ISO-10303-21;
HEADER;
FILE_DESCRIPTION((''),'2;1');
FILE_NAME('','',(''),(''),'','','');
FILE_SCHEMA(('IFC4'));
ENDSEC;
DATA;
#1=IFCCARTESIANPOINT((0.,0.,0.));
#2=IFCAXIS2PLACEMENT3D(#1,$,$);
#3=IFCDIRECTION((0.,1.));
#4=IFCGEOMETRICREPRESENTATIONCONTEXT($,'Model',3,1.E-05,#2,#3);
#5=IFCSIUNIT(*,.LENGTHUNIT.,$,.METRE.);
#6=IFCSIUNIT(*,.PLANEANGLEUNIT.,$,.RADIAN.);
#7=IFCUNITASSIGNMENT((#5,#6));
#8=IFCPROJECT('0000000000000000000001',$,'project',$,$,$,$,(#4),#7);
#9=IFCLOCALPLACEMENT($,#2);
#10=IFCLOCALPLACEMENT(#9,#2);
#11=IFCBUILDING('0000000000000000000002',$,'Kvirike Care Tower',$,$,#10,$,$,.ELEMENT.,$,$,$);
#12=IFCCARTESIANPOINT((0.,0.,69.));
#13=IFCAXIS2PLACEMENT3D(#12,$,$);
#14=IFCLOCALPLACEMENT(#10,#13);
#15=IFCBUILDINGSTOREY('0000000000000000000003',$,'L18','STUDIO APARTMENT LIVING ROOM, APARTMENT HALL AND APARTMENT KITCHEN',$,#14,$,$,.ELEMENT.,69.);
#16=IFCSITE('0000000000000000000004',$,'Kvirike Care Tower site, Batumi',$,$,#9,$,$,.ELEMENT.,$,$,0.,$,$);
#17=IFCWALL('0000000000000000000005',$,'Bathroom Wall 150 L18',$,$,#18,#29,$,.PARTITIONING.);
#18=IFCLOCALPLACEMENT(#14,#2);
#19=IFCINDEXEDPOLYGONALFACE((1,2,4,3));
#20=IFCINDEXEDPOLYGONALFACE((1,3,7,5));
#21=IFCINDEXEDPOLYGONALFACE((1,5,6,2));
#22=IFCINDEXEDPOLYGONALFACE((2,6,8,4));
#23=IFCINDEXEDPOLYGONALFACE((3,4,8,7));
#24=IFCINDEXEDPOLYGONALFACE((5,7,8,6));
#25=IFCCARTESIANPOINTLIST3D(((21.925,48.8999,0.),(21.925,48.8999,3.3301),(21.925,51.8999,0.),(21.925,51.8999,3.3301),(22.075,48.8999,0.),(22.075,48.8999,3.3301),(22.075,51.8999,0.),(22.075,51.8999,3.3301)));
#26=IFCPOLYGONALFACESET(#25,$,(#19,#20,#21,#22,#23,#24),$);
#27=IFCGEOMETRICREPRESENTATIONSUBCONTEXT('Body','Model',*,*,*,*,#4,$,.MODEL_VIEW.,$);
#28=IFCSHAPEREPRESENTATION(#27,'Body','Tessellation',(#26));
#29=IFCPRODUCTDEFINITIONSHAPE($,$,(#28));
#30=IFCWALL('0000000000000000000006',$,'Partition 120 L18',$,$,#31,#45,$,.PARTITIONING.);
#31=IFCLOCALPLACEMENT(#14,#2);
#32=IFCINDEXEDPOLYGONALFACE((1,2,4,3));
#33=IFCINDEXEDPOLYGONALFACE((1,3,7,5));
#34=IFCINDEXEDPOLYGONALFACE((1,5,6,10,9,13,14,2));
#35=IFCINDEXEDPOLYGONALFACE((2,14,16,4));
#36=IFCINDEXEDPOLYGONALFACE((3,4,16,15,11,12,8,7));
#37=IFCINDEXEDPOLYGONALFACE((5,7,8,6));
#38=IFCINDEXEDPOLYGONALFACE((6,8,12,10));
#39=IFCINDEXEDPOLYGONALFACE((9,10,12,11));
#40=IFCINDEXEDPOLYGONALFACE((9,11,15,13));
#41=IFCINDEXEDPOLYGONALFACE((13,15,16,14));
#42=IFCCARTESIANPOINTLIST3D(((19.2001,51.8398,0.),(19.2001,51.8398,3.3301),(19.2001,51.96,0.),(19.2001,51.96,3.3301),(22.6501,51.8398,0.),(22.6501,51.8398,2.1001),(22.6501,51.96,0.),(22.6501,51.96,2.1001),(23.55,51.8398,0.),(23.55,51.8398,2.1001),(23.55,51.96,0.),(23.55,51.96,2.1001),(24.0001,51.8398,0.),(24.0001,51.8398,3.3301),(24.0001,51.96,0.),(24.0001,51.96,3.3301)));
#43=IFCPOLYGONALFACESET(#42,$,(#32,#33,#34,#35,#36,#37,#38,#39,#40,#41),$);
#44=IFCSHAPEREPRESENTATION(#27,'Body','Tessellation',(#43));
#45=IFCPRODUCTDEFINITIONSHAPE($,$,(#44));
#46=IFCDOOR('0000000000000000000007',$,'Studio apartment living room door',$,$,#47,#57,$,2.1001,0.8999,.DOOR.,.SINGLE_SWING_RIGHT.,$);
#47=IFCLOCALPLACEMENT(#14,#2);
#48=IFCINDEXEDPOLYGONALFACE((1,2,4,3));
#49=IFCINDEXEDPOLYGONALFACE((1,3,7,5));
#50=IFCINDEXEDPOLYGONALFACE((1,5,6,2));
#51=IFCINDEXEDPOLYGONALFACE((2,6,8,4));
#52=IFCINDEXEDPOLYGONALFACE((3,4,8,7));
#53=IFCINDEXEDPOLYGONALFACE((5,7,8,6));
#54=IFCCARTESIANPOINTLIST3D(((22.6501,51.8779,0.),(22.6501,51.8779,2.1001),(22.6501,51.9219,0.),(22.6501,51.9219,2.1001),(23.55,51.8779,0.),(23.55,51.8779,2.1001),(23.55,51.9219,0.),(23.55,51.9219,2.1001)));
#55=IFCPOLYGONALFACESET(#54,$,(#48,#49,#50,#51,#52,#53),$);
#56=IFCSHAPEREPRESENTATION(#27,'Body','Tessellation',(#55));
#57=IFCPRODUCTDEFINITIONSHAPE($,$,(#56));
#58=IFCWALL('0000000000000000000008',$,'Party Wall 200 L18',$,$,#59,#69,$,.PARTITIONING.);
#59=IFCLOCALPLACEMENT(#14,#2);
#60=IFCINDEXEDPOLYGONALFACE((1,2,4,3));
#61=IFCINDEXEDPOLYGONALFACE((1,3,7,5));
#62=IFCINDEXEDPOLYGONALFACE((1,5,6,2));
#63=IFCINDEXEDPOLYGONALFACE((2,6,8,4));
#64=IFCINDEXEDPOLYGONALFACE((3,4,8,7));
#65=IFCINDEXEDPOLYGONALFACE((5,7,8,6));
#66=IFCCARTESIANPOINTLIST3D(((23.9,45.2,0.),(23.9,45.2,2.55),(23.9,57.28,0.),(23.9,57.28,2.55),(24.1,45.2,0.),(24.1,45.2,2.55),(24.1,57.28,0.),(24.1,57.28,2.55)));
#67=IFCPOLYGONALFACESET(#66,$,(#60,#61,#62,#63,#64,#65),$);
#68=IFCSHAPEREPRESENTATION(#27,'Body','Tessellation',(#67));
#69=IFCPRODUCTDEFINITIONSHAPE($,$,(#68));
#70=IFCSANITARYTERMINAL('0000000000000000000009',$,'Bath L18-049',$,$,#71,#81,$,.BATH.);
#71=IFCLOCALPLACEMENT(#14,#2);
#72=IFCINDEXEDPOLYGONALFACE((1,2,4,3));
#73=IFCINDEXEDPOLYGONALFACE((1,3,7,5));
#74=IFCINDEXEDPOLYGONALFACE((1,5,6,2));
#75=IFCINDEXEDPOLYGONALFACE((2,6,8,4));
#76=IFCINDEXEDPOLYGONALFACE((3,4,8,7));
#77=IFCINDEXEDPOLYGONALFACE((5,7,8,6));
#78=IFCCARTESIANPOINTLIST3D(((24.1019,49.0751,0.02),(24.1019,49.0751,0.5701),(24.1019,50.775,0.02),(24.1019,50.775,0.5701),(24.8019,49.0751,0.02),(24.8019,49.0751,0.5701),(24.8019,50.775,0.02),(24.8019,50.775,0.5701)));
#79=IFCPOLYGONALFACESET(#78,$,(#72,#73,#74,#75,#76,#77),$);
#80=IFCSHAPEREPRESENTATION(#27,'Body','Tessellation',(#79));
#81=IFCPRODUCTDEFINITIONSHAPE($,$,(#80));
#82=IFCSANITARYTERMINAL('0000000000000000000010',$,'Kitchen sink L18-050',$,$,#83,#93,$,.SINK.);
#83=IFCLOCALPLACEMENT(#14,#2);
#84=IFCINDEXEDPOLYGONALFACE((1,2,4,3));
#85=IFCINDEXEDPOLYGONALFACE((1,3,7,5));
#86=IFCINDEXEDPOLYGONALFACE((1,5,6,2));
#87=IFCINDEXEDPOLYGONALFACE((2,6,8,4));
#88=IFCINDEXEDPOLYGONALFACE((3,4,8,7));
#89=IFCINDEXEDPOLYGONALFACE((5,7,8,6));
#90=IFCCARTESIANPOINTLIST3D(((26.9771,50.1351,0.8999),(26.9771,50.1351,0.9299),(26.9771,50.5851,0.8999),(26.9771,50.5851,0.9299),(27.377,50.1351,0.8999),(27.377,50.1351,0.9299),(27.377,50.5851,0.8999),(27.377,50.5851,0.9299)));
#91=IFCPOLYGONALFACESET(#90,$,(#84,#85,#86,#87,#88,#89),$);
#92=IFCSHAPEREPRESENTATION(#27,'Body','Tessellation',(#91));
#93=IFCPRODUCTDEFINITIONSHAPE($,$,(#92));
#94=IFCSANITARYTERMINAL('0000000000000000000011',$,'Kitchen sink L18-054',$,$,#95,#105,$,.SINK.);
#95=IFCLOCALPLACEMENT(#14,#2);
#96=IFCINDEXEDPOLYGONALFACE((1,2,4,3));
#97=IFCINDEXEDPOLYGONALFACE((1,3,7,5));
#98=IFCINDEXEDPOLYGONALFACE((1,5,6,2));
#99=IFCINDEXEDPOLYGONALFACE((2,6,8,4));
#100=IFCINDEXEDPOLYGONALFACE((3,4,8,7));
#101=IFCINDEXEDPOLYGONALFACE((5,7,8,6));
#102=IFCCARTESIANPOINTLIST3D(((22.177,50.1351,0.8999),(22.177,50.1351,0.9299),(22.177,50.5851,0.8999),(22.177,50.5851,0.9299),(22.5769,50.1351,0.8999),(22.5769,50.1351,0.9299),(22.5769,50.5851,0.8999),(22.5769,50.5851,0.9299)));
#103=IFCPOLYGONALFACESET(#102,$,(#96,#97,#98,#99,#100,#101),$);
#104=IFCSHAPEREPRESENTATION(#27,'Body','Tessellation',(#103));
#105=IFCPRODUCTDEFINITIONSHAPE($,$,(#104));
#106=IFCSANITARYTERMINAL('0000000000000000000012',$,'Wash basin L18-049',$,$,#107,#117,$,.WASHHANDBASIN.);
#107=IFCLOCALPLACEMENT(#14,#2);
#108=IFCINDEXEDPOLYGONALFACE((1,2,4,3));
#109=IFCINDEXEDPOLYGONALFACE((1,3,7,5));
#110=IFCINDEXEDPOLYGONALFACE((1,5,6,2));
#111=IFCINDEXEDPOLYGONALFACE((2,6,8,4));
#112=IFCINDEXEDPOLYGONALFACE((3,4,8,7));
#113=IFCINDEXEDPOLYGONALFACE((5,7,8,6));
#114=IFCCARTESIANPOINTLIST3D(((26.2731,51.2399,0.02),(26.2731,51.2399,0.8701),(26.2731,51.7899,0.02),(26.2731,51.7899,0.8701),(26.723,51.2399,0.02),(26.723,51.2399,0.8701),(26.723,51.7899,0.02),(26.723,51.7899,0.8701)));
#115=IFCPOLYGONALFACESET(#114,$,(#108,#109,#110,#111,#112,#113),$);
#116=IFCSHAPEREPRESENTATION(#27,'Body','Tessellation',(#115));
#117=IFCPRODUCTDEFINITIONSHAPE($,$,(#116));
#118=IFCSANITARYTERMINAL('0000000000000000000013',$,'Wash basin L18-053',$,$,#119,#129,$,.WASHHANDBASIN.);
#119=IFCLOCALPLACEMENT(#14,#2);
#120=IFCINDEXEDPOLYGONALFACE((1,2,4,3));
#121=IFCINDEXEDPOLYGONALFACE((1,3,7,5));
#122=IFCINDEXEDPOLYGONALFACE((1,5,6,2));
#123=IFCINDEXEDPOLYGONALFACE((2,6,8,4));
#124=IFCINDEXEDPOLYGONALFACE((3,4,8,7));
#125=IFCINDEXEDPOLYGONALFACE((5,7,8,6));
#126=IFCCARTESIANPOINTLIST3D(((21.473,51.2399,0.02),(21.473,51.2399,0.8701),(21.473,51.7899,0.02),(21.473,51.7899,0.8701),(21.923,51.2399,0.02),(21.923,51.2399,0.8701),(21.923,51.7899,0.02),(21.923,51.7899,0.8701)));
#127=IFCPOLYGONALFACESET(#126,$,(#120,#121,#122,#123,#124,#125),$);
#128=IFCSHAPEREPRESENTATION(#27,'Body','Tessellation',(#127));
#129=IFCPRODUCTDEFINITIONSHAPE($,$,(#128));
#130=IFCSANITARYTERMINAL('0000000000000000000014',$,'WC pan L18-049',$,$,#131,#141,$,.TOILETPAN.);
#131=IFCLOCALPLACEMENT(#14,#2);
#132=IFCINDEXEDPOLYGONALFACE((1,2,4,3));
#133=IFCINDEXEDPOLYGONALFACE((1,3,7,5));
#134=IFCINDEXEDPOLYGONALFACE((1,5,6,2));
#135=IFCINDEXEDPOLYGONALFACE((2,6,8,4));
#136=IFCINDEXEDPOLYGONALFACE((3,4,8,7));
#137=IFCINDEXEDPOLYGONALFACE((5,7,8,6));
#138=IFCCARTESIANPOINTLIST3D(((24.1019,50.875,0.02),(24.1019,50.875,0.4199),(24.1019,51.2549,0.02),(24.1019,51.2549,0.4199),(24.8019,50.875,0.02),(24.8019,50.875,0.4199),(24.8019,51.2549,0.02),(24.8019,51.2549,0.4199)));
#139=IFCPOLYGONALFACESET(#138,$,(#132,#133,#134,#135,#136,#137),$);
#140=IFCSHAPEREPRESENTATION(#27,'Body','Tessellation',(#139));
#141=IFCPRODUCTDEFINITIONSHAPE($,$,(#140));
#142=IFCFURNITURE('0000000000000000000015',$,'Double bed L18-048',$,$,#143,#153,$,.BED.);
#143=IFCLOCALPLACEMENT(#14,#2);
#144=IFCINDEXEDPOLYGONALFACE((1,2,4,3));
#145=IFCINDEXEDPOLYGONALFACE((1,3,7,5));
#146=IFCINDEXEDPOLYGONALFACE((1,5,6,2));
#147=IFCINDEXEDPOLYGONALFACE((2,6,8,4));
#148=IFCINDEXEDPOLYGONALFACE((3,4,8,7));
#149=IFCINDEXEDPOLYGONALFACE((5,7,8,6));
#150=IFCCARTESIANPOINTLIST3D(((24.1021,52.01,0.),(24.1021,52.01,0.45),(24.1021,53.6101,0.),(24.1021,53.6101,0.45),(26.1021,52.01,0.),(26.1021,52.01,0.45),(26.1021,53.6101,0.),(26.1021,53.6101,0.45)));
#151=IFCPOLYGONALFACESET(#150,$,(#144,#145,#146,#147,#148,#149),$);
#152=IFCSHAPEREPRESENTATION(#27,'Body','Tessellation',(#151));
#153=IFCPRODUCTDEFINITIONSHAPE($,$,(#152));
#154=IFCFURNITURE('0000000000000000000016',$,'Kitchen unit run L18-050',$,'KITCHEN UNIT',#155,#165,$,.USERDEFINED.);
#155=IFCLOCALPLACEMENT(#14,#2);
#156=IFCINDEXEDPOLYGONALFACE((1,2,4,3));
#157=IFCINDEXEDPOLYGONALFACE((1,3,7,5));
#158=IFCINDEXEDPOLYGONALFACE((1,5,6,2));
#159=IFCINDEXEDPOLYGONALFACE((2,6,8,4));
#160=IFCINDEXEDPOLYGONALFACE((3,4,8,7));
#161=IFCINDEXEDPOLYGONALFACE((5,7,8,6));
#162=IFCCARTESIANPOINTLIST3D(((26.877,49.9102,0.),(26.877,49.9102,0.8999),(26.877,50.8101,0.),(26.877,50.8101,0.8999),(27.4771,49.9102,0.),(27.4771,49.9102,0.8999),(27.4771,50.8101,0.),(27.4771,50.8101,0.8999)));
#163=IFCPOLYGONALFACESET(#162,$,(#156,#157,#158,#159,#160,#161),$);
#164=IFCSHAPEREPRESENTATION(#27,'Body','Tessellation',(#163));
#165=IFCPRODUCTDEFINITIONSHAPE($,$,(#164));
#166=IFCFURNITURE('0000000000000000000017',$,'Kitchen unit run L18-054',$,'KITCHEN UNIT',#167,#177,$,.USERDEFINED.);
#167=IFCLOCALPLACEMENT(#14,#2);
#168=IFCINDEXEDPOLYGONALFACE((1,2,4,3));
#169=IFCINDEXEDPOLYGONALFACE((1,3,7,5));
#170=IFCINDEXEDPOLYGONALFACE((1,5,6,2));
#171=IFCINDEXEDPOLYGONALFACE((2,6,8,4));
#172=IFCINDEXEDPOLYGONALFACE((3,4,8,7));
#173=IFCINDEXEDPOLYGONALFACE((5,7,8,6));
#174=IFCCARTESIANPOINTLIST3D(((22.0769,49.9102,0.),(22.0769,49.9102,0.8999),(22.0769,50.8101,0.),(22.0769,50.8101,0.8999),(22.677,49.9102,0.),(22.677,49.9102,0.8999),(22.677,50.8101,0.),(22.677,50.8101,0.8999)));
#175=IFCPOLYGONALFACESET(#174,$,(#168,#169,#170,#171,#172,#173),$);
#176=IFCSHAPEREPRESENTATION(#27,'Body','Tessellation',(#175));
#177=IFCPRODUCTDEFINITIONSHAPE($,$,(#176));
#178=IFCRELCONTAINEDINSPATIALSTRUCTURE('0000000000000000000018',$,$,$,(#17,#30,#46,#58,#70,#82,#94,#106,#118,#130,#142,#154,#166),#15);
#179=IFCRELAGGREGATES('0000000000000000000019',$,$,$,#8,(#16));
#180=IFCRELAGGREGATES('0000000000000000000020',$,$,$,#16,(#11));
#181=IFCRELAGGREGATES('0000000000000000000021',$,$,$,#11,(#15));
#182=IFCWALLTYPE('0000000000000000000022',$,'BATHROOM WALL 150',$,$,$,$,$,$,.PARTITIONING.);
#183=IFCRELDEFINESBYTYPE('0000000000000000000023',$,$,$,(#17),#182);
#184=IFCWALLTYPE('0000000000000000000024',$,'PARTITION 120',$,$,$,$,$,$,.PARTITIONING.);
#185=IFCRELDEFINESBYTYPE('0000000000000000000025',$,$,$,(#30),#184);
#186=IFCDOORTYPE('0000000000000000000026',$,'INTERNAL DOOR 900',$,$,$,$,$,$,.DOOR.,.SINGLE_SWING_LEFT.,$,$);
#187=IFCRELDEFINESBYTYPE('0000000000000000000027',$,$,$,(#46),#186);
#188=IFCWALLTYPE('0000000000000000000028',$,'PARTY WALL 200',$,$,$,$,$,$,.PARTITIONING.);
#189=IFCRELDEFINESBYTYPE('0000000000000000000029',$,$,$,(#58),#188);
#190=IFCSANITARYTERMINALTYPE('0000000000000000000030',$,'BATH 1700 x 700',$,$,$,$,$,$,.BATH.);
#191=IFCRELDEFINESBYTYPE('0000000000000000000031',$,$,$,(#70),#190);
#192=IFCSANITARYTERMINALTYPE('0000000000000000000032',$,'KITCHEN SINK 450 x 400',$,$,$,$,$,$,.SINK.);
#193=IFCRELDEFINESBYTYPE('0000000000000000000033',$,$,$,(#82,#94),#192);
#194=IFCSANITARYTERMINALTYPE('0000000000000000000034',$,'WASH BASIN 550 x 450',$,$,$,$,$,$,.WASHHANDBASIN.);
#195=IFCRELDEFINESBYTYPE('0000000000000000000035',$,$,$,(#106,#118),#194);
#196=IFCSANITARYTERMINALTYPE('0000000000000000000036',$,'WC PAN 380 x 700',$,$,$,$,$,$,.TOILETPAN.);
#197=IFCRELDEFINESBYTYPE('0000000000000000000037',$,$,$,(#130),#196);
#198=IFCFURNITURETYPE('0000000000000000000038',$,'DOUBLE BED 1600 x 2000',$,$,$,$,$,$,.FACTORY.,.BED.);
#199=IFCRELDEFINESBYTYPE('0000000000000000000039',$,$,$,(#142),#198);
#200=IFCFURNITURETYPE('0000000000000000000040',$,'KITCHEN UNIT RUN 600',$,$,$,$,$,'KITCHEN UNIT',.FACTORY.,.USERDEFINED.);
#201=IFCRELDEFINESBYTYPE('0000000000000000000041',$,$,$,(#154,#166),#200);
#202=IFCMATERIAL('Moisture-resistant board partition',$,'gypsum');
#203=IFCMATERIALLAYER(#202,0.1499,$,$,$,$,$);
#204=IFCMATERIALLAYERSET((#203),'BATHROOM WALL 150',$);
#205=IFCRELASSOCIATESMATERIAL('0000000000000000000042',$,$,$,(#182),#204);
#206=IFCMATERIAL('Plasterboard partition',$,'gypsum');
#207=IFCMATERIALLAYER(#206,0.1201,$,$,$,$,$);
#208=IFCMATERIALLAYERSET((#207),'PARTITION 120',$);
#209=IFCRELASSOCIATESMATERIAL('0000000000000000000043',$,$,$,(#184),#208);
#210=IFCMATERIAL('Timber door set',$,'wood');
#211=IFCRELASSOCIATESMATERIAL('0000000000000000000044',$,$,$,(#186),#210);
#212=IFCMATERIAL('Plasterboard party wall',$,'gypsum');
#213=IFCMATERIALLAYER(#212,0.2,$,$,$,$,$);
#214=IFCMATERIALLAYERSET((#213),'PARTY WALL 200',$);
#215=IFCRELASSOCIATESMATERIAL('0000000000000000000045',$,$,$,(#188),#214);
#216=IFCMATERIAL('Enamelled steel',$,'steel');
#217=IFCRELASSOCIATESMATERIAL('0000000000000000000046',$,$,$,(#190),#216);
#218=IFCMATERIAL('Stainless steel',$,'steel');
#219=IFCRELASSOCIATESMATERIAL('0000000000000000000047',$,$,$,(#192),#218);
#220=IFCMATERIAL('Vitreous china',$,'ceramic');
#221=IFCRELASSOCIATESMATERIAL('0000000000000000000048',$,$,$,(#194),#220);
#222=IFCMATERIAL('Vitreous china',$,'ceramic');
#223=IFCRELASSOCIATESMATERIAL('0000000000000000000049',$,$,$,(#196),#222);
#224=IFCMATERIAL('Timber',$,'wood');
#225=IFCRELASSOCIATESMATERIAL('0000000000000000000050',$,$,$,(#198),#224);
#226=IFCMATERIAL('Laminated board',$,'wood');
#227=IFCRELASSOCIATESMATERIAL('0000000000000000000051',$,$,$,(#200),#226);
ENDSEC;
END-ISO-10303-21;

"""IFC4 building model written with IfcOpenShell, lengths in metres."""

from ifc_helpers import new_model, si_unit, direction, frame, frame_2d, origin, origin_2d, place, context, subcontext, project, spatial, rectangle, extrude, material, layer, layer_set, type_object, element, fill, save


model = new_model("IFC4")

# Units and contexts
model_context = context("Model", 3, precision=1e-05, world=origin(), true_north=direction((0.0, 1.0)))
body_context = subcontext(model_context, "Body", "Model", "MODEL_VIEW")
ifc_project = project(units=[si_unit("LENGTHUNIT", "METRE"), si_unit("PLANEANGLEUNIT", "RADIAN")], contexts=[model_context])

# Site, building, storey
site_placement = place(None, origin())
site = spatial("IfcSite", under=ifc_project, at=site_placement, Name="Kvirike Care Tower site, Batumi", CompositionType="ELEMENT", RefElevation=0.0)
building_placement = place(site_placement, origin())
building = spatial("IfcBuilding", under=site, at=building_placement, Name="Kvirike Care Tower", CompositionType="ELEMENT")
storey_placement = place(building_placement, frame((0.0, 0.0, 69.0)))
storey = spatial("IfcBuildingStorey", under=building, at=storey_placement, Name="L18", Description="STUDIO APARTMENT LIVING ROOM, APARTMENT HALL AND APARTMENT KITCHEN", CompositionType="ELEMENT", Elevation=69.0)

# Wall
ifc_material_1 = material(Name="Moisture-resistant board partition", Category="gypsum")
ifc_layer_1 = layer(ifc_material_1, 0.1499)
ifc_layer_set_1 = layer_set([ifc_layer_1], Name="BATHROOM WALL 150")
wall_type_1 = type_object("IfcWallType", Name="BATHROOM WALL 150", PredefinedType="PARTITIONING", material=ifc_layer_set_1)
for number, where, z_axis, x_axis, name in (
    (1, (22.0, 51.8999, 0.0), (0.0, 0.0, 1.0), (0.0, -1.0, 0.0), "Bathroom Wall 150 L18"),
):
    element("IfcWall", number, at=place(storey_placement, frame(where, z_axis=z_axis, x_axis=x_axis)), inside=storey, type_object=wall_type_1, Name=name, PredefinedType="PARTITIONING", context=body_context, shape_type="SweptSolid", body=[
        extrude(rectangle(XDim=3.0, YDim=0.1499, at=frame_2d((1.5, 0.0))), origin(), (0.0, 0.0, 1.0), 3.3301),
    ])

# Wall, opening, door
ifc_material_2 = material(Name="Plasterboard partition", Category="gypsum")
ifc_layer_2 = layer(ifc_material_2, 0.1201)
ifc_layer_set_2 = layer_set([ifc_layer_2], Name="PARTITION 120")
wall_type_2 = type_object("IfcWallType", Name="PARTITION 120", PredefinedType="PARTITIONING", material=ifc_layer_set_2)
wall_1_placement = place(storey_placement, frame((24.0, 51.8999, 0.0), z_axis=(0.0, 0.0, 1.0), x_axis=(-1.0, 0.0, 0.0)))
wall_1 = element("IfcWall", 2, at=wall_1_placement, inside=storey, type_object=wall_type_2, Name="Partition 120 L18", PredefinedType="PARTITIONING", context=body_context, shape_type="SweptSolid", body=[
    extrude(rectangle(XDim=4.8, YDim=0.1201, at=frame_2d((2.3999, 0.0))), origin(), (0.0, 0.0, 1.0), 3.3301),
])
opening_placement = place(wall_1_placement, frame((0.45, 0.0, 0.0)))
opening = element("IfcOpeningElement", 3, at=opening_placement, cuts=wall_1, PredefinedType="OPENING", context=body_context, shape_type="SweptSolid", body=[
    extrude(rectangle(XDim=0.8999, YDim=2.1001, at=frame_2d((0.45, 1.05))), frame((0.0, 0.0706, 0.0), z_axis=(0.0, -1.0, 0.0), x_axis=(1.0, 0.0, 0.0)), (0.0, 0.0, 1.0), 0.1411),
])
ifc_material_3 = material(Name="Timber door set", Category="wood")
door_type = type_object("IfcDoorType", Name="INTERNAL DOOR 900", OperationType="SINGLE_SWING_LEFT", PredefinedType="DOOR", material=ifc_material_3)
door_placement = place(opening_placement, origin())
door = element("IfcDoor", 4, at=door_placement, inside=storey, type_object=door_type, Name="Studio apartment living room door", OperationType="SINGLE_SWING_RIGHT", OverallHeight=2.1001, OverallWidth=0.8999, PredefinedType="DOOR", context=body_context, shape_type="SweptSolid", body=[
    extrude(rectangle(XDim=0.8999, YDim=2.1001, at=frame_2d((0.45, 1.05))), frame((0.0, 0.022, 0.0), z_axis=(0.0, -1.0, 0.0), x_axis=(1.0, 0.0, 0.0)), (0.0, 0.0, 1.0), 0.0439),
])
fill(opening, door)

# Wall
ifc_material_4 = material(Name="Plasterboard party wall", Category="gypsum")
ifc_layer_3 = layer(ifc_material_4, 0.2)
ifc_layer_set_3 = layer_set([ifc_layer_3], Name="PARTY WALL 200")
wall_type_3 = type_object("IfcWallType", Name="PARTY WALL 200", PredefinedType="PARTITIONING", material=ifc_layer_set_3)
wall_2_placement = place(storey_placement, frame((24.0, 57.28, 0.0), z_axis=(0.0, 0.0, 1.0), x_axis=(0.0, -1.0, 0.0)))
element("IfcWall", 5, at=wall_2_placement, inside=storey, type_object=wall_type_3, Name="Party Wall 200 L18", PredefinedType="PARTITIONING", context=body_context, shape_type="SweptSolid", body=[
    extrude(rectangle(XDim=12.0801, YDim=0.2, at=frame_2d((6.04, 0.0))), origin(), (0.0, 0.0, 1.0), 2.55),
])

# Sanitary terminals
ifc_material_5 = material(Name="Enamelled steel", Category="steel")
sanitary_terminal_type_1 = type_object("IfcSanitaryTerminalType", Name="BATH 1700 x 700", PredefinedType="BATH", material=ifc_material_5)
sanitary_terminal_1_placement = place(storey_placement, frame((24.4519, 49.925, 0.02), z_axis=(0.0, 0.0, 1.0), x_axis=(0.0, 1.0, 0.0)))
element("IfcSanitaryTerminal", 6, at=sanitary_terminal_1_placement, inside=storey, type_object=sanitary_terminal_type_1, Name="Bath L18-049", PredefinedType="BATH", context=body_context, shape_type="SweptSolid", body=[
    extrude(rectangle(XDim=1.7, YDim=0.7, at=origin_2d()), origin(), (0.0, 0.0, 1.0), 0.55),
])
ifc_material_6 = material(Name="Stainless steel", Category="steel")
sanitary_terminal_type_2 = type_object("IfcSanitaryTerminalType", Name="KITCHEN SINK 450 x 400", PredefinedType="SINK", material=ifc_material_6)
for number, where, z_axis, x_axis, name in (
    (7, (27.177, 50.3601, 0.8999), (0.0, 0.0, 1.0), (0.0, 1.0, 0.0), "Kitchen sink L18-050"),
    (8, (22.377, 50.3601, 0.8999), (0.0, 0.0, 1.0), (0.0, 1.0, 0.0), "Kitchen sink L18-054"),
):
    element("IfcSanitaryTerminal", number, at=place(storey_placement, frame(where, z_axis=z_axis, x_axis=x_axis)), inside=storey, type_object=sanitary_terminal_type_2, Name=name, PredefinedType="SINK", context=body_context, shape_type="SweptSolid", body=[
        extrude(rectangle(XDim=0.45, YDim=0.3999, at=origin_2d()), origin(), (0.0, 0.0, 1.0), 0.03),
    ])
ifc_material_7 = material(Name="Vitreous china", Category="ceramic")
sanitary_terminal_type_3 = type_object("IfcSanitaryTerminalType", Name="WASH BASIN 550 x 450", PredefinedType="WASHHANDBASIN", material=ifc_material_7)
for number, where, z_axis, x_axis, name in (
    (9, (26.498, 51.5149, 0.02), (0.0, 0.0, 1.0), (0.0, -1.0, 0.0), "Wash basin L18-049"),
    (10, (21.698, 51.5149, 0.02), (0.0, 0.0, 1.0), (0.0, -1.0, 0.0), "Wash basin L18-053"),
):
    element("IfcSanitaryTerminal", number, at=place(storey_placement, frame(where, z_axis=z_axis, x_axis=x_axis)), inside=storey, type_object=sanitary_terminal_type_3, Name=name, PredefinedType="WASHHANDBASIN", context=body_context, shape_type="SweptSolid", body=[
        extrude(rectangle(XDim=0.55, YDim=0.45, at=origin_2d()), origin(), (0.0, 0.0, 1.0), 0.8501),
    ])
ifc_material_8 = material(Name="Vitreous china", Category="ceramic")
sanitary_terminal_type_4 = type_object("IfcSanitaryTerminalType", Name="WC PAN 380 x 700", PredefinedType="TOILETPAN", material=ifc_material_8)
sanitary_terminal_2_placement = place(storey_placement, frame((24.4519, 51.0649, 0.02), z_axis=(0.0, 0.0, 1.0), x_axis=(0.0, 1.0, 0.0)))
element("IfcSanitaryTerminal", 11, at=sanitary_terminal_2_placement, inside=storey, type_object=sanitary_terminal_type_4, Name="WC pan L18-049", PredefinedType="TOILETPAN", context=body_context, shape_type="SweptSolid", body=[
    extrude(rectangle(XDim=0.3799, YDim=0.7, at=origin_2d()), origin(), (0.0, 0.0, 1.0), 0.3999),
])

# Furniture
ifc_material_9 = material(Name="Timber", Category="wood")
furniture_type_1 = type_object("IfcFurnitureType", Name="DOUBLE BED 1600 x 2000", AssemblyPlace="FACTORY", PredefinedType="BED", material=ifc_material_9)
furniture_placement = place(storey_placement, frame((25.1021, 52.8101, 0.0), z_axis=(0.0, 0.0, 1.0), x_axis=(0.0, 1.0, 0.0)))
element("IfcFurniture", 12, at=furniture_placement, inside=storey, type_object=furniture_type_1, Name="Double bed L18-048", PredefinedType="BED", context=body_context, shape_type="SweptSolid", body=[
    extrude(rectangle(XDim=1.6001, YDim=2.0, at=origin_2d()), origin(), (0.0, 0.0, 1.0), 0.45),
])
ifc_material_10 = material(Name="Laminated board", Category="wood")
furniture_type_2 = type_object("IfcFurnitureType", Name="KITCHEN UNIT RUN 600", ElementType="KITCHEN UNIT", AssemblyPlace="FACTORY", PredefinedType="USERDEFINED", material=ifc_material_10)
for number, where, z_axis, x_axis, name in (
    (13, (27.177, 50.3601, 0.0), (0.0, 0.0, 1.0), (0.0, 1.0, 0.0), "Kitchen unit run L18-050"),
    (14, (22.377, 50.3601, 0.0), (0.0, 0.0, 1.0), (0.0, 1.0, 0.0), "Kitchen unit run L18-054"),
):
    element("IfcFurniture", number, at=place(storey_placement, frame(where, z_axis=z_axis, x_axis=x_axis)), inside=storey, type_object=furniture_type_2, Name=name, ObjectType="KITCHEN UNIT", PredefinedType="USERDEFINED", context=body_context, shape_type="SweptSolid", body=[
        extrude(rectangle(XDim=0.8999, YDim=0.6001, at=origin_2d()), origin(), (0.0, 0.0, 1.0), 0.8999),
    ])

save(model, "model.ifc")
